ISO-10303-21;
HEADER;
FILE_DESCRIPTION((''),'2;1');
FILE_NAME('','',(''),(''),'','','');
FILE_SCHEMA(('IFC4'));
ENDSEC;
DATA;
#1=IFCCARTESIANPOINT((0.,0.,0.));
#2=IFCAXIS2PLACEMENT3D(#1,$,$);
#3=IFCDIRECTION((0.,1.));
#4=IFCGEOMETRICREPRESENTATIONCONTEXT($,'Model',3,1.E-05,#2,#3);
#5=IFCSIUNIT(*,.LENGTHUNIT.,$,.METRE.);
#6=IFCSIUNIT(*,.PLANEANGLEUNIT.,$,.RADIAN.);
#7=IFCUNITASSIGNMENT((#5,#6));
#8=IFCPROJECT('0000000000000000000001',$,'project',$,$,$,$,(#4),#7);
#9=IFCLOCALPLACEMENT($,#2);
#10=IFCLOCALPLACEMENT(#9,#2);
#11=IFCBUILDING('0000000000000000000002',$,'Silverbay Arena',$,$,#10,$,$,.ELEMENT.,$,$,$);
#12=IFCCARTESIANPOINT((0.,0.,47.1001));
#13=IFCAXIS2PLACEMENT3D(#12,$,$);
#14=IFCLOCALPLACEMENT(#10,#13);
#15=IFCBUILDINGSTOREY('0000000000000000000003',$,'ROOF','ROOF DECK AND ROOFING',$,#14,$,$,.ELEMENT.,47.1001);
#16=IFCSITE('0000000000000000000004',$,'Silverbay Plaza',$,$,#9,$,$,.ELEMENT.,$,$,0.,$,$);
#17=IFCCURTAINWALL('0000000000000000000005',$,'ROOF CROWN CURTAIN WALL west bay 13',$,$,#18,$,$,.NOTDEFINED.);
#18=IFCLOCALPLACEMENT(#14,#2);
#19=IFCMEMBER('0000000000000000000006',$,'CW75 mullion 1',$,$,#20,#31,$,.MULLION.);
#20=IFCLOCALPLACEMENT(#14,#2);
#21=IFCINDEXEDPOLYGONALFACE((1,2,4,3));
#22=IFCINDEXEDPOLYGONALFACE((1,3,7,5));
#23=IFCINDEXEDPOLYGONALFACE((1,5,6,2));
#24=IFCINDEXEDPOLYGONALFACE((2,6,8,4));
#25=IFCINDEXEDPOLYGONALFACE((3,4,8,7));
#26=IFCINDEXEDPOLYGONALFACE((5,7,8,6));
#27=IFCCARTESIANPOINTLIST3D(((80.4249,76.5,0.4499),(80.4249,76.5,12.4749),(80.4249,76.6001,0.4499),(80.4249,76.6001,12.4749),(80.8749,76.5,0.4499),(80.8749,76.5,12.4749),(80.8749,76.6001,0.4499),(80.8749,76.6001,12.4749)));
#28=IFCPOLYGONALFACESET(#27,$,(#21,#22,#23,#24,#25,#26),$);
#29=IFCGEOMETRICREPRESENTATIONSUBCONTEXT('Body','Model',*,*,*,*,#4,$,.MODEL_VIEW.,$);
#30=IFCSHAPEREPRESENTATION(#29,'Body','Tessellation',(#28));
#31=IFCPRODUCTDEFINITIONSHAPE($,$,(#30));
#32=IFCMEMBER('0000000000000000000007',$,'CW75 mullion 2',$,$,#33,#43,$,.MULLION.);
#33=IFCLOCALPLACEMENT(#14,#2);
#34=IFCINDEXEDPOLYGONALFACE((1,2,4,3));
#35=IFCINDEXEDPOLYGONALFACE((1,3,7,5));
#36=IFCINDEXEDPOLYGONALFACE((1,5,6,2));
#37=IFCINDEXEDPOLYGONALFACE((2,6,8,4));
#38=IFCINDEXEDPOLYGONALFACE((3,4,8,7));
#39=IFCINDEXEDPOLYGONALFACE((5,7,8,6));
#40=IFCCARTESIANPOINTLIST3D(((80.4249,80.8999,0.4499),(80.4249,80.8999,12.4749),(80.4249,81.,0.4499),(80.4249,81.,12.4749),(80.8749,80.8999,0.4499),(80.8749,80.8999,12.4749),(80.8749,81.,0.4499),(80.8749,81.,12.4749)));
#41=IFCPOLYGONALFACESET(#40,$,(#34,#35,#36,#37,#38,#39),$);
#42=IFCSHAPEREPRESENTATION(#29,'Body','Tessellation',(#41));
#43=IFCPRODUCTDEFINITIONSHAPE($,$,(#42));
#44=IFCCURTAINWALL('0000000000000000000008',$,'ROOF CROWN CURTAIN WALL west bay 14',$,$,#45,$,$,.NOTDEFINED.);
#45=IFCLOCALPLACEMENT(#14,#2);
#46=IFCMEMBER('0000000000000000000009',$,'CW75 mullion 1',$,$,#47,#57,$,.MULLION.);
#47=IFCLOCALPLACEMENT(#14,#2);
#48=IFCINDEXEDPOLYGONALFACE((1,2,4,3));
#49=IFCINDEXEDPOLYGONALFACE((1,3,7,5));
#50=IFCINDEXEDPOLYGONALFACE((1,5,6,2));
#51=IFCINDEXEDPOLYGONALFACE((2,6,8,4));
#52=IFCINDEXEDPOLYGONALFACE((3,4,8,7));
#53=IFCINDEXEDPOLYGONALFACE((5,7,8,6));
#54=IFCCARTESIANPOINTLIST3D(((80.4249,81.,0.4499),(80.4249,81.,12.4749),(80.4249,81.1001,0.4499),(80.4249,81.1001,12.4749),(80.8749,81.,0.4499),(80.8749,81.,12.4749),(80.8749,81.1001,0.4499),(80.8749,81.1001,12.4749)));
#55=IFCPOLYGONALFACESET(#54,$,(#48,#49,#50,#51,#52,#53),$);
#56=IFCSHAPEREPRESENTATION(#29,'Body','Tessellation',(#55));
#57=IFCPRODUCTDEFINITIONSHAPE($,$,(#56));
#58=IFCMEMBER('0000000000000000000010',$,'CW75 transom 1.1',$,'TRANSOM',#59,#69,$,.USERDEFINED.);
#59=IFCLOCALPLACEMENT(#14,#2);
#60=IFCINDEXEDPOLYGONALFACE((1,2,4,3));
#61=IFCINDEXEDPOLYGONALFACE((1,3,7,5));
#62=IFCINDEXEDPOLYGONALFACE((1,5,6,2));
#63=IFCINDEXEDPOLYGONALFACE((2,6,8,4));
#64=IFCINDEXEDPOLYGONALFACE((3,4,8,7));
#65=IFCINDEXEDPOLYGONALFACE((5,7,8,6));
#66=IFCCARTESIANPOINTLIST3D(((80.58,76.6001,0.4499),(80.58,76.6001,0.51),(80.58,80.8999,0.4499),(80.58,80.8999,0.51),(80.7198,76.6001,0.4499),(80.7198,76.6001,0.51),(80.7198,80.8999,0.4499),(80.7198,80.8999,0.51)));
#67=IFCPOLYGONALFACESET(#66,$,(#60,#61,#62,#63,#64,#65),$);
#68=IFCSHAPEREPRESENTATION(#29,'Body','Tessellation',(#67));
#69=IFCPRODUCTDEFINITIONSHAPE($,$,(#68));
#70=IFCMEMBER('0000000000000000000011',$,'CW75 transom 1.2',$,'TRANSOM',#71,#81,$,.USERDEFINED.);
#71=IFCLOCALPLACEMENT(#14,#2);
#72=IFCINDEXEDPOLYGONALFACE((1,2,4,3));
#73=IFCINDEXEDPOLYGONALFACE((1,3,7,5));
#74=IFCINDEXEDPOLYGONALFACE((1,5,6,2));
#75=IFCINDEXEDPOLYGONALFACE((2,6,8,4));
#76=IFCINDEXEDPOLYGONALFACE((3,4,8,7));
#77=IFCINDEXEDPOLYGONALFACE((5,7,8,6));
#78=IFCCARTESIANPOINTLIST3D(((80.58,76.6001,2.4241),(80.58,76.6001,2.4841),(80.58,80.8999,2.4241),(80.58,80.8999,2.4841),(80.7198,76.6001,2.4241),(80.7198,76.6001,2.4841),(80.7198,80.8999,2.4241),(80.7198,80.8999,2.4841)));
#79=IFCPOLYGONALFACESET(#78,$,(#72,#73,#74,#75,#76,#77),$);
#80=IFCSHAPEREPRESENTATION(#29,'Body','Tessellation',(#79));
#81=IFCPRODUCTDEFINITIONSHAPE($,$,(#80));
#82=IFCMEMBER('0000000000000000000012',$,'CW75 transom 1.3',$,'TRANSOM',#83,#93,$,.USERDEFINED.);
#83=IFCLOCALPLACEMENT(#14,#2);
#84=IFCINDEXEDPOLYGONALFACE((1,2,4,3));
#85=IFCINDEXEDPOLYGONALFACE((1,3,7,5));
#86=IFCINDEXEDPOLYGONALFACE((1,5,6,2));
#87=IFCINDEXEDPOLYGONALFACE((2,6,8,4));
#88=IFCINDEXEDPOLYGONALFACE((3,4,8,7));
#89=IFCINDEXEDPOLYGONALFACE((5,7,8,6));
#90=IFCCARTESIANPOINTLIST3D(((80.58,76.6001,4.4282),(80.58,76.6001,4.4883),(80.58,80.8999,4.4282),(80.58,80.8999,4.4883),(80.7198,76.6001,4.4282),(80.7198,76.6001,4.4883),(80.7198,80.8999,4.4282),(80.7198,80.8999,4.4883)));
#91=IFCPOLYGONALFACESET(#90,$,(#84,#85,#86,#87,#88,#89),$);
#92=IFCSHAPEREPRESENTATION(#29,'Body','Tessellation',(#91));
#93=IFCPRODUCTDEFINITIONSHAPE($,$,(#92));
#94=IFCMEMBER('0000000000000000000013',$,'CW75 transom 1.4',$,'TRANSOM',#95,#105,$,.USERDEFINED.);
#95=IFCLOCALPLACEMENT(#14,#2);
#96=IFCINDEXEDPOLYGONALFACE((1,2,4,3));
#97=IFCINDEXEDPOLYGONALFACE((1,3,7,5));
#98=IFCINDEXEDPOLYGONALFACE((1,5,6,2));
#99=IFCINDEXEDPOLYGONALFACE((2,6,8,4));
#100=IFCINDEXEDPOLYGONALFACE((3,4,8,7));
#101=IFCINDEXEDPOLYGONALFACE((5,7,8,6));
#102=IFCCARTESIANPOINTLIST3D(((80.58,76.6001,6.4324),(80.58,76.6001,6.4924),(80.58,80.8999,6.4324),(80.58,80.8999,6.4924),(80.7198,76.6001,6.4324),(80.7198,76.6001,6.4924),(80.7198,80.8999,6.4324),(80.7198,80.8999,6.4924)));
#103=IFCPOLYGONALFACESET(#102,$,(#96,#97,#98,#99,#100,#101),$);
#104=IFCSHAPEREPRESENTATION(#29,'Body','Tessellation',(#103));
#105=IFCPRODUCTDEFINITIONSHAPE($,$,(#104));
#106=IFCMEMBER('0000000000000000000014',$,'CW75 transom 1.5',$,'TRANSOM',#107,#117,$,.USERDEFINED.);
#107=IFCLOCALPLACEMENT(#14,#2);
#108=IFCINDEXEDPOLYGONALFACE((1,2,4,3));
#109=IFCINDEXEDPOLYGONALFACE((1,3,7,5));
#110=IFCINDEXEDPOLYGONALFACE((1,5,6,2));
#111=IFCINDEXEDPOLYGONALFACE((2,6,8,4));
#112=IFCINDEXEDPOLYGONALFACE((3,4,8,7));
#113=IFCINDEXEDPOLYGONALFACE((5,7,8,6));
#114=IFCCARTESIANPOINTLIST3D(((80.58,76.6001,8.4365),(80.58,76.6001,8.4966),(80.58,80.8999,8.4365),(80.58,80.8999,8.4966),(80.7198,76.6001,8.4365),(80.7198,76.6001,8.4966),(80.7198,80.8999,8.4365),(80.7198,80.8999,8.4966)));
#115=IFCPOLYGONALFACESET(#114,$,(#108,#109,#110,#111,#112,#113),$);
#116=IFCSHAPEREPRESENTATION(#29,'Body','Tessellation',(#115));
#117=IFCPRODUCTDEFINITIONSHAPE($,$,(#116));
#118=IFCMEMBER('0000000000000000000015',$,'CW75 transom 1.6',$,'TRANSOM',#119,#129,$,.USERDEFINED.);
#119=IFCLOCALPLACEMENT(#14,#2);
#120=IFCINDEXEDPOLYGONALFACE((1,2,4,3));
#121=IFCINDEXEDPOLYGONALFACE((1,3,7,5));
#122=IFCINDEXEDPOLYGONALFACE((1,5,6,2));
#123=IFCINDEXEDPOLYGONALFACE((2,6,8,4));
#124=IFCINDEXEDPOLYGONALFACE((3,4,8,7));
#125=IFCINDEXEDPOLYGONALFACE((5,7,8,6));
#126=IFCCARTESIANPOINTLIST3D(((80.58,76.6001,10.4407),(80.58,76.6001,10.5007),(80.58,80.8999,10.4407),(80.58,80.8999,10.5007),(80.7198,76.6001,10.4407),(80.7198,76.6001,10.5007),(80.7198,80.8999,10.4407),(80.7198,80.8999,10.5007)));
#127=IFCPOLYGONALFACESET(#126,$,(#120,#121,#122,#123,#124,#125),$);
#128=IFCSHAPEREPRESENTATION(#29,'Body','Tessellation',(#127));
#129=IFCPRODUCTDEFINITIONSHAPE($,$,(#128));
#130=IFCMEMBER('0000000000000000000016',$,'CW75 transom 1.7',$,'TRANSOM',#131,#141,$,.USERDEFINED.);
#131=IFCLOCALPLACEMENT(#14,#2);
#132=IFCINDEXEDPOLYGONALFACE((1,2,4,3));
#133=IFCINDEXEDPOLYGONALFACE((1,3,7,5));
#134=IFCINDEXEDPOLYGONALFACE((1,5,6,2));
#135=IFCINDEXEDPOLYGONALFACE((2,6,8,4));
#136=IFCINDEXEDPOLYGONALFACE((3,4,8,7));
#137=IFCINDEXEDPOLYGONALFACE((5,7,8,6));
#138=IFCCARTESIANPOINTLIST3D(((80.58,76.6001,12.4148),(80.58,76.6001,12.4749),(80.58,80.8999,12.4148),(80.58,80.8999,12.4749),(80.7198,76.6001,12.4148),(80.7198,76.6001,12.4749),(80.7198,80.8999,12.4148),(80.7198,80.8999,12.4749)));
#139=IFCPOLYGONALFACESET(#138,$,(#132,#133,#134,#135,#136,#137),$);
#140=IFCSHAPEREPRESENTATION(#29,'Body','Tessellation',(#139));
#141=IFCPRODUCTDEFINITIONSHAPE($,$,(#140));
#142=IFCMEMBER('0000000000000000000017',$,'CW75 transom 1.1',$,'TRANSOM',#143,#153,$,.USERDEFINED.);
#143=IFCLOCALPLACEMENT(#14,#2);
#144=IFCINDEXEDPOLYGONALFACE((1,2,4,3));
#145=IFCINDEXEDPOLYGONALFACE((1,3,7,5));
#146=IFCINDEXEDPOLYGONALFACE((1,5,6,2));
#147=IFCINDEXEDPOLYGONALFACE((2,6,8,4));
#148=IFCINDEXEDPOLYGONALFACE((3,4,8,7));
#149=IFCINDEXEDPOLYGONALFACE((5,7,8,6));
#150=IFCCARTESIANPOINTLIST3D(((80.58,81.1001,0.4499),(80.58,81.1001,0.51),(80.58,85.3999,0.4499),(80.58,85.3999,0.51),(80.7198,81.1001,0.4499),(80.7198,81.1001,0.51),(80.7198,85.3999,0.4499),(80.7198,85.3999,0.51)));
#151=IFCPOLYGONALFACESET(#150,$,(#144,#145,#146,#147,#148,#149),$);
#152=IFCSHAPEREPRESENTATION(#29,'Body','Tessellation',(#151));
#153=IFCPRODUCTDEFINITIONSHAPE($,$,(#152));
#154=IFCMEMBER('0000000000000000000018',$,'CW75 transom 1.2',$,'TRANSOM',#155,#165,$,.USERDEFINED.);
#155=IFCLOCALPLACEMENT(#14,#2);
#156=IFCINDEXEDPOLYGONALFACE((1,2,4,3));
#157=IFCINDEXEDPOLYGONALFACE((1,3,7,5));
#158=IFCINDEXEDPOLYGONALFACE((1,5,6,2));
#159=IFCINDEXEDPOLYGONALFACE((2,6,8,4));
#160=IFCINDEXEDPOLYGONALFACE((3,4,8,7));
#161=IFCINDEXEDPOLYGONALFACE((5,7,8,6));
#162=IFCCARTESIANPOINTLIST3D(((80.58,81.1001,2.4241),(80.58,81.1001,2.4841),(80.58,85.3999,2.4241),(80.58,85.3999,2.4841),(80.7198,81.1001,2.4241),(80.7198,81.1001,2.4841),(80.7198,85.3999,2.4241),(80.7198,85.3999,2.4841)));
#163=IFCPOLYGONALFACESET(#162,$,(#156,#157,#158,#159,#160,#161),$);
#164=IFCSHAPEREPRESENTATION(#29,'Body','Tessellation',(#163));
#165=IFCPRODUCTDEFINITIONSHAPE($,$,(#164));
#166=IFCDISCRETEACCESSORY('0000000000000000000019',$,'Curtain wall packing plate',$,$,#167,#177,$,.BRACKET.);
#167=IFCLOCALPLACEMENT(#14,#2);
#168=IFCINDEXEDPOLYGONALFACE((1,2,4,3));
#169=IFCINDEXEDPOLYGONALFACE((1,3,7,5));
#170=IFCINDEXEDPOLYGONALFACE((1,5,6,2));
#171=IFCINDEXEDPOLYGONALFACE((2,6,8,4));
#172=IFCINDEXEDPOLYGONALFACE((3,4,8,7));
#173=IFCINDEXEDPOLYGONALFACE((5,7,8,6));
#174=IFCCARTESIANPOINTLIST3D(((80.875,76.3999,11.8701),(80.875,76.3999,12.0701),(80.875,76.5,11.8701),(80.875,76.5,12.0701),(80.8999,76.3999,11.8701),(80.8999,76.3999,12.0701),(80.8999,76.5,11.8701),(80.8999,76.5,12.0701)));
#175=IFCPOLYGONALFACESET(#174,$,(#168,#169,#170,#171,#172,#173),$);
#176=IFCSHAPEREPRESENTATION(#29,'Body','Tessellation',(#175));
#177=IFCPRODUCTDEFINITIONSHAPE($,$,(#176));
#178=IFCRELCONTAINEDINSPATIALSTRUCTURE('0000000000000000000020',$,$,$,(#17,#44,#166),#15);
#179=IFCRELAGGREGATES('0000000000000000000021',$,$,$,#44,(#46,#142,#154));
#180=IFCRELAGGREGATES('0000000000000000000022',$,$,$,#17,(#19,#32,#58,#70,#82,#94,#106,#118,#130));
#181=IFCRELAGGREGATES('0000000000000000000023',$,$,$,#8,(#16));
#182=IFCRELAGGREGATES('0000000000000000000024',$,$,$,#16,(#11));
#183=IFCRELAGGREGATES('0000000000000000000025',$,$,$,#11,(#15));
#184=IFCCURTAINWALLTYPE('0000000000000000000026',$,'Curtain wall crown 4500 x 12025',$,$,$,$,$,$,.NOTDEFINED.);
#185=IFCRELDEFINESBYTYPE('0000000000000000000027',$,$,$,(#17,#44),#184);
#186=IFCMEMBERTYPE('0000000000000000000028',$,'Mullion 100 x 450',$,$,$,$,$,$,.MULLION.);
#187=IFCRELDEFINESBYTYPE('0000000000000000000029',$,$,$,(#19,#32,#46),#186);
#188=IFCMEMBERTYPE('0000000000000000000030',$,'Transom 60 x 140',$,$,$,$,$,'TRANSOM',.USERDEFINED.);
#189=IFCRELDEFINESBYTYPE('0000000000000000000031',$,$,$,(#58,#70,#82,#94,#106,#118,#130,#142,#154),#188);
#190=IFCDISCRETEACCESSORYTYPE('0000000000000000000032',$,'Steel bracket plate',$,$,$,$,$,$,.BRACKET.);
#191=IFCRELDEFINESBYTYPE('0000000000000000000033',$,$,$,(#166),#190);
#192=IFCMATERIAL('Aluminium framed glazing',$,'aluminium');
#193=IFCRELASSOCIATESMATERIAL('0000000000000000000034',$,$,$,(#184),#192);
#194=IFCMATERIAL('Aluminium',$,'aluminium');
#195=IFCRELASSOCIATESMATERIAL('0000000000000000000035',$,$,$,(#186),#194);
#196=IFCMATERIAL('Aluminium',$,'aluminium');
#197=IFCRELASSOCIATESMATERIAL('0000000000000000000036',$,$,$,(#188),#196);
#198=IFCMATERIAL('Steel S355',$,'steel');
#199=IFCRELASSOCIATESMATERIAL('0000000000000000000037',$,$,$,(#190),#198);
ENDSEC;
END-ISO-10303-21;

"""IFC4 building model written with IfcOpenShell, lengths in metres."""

from ifc_helpers import new_model, si_unit, direction, frame, origin, origin_2d, place, context, subcontext, project, spatial, rectangle, extrude, material, material_profile, profile_set, type_object, element, aggregate, save


model = new_model("IFC4")

# Units and contexts
model_context = context("Model", 3, precision=1e-05, world=origin(), true_north=direction((0.0, 1.0)))
body_context = subcontext(model_context, "Body", "Model", "MODEL_VIEW")
ifc_project = project(units=[si_unit("LENGTHUNIT", "METRE"), si_unit("PLANEANGLEUNIT", "RADIAN")], contexts=[model_context])

# Site, building, storey
site_placement = place(None, origin())
site = spatial("IfcSite", under=ifc_project, at=site_placement, Name="Silverbay Plaza", CompositionType="ELEMENT", RefElevation=0.0)
building_placement = place(site_placement, origin())
building = spatial("IfcBuilding", under=site, at=building_placement, Name="Silverbay Arena", CompositionType="ELEMENT")
storey_placement = place(building_placement, frame((0.0, 0.0, 47.1001)))
storey = spatial("IfcBuildingStorey", under=building, at=storey_placement, Name="ROOF", Description="ROOF DECK AND ROOFING", CompositionType="ELEMENT", Elevation=47.1001)

# Curtain wall, members
ifc_material_1 = material(Name="Aluminium framed glazing", Category="aluminium")
curtain_wall_type = type_object("IfcCurtainWallType", Name="Curtain wall crown 4500 x 12025", PredefinedType="NOTDEFINED", material=ifc_material_1)
curtain_wall_1_placement = place(storey_placement, origin())
curtain_wall_1 = element("IfcCurtainWall", 1, at=curtain_wall_1_placement, inside=storey, type_object=curtain_wall_type, Name="ROOF CROWN CURTAIN WALL west bay 13", PredefinedType="NOTDEFINED")
ifc_material_2 = material(Name="Aluminium", Category="aluminium")
ifc_material_profile_1 = material_profile(ifc_material_2, rectangle(XDim=0.45, YDim=0.1001, at=origin_2d()), Name="Mullion 100 x 450")
ifc_profile_set_1 = profile_set([ifc_material_profile_1], Name="Aluminium")
member_type_1 = type_object("IfcMemberType", Name="Mullion 100 x 450", PredefinedType="MULLION", material=ifc_profile_set_1)
placement = place(building_placement, frame((0.0, 0.0, 33.5)))
member_1_placement = place(placement, frame((80.6499, 76.55, 14.05), z_axis=(0.0, 0.0, 1.0), x_axis=(-1.0, 0.0, 0.0)))
member_1 = element("IfcMember", 2, at=member_1_placement, type_object=member_type_1, Name="CW75 mullion 1", PredefinedType="MULLION", context=body_context, shape_type="SweptSolid", body=[
    extrude(rectangle(XDim=0.45, YDim=0.1001, at=origin_2d()), origin(), (0.0, 0.0, 1.0), 12.0249),
])
member_2_placement = place(placement, frame((80.6499, 80.95, 14.05), z_axis=(0.0, 0.0, 1.0), x_axis=(-1.0, 0.0, 0.0)))
member_2 = element("IfcMember", 3, at=member_2_placement, type_object=member_type_1, Name="CW75 mullion 2", PredefinedType="MULLION", context=body_context, shape_type="SweptSolid", body=[
    extrude(rectangle(XDim=0.45, YDim=0.1001, at=origin_2d()), origin(), (0.0, 0.0, 1.0), 12.0249),
])

# Curtain wall, member
curtain_wall_2_placement = place(storey_placement, origin())
curtain_wall_2 = element("IfcCurtainWall", 4, at=curtain_wall_2_placement, inside=storey, type_object=curtain_wall_type, Name="ROOF CROWN CURTAIN WALL west bay 14", PredefinedType="NOTDEFINED")
member_3_placement = place(placement, frame((80.6499, 81.05, 14.05), z_axis=(0.0, 0.0, 1.0), x_axis=(-1.0, 0.0, 0.0)))
member_3 = element("IfcMember", 5, at=member_3_placement, type_object=member_type_1, Name="CW75 mullion 1", PredefinedType="MULLION", context=body_context, shape_type="SweptSolid", body=[
    extrude(rectangle(XDim=0.45, YDim=0.1001, at=origin_2d()), origin(), (0.0, 0.0, 1.0), 12.0249),
])

# Members
ifc_material_3 = material(Name="Aluminium", Category="aluminium")
ifc_material_profile_2 = material_profile(ifc_material_3, rectangle(XDim=0.1399, YDim=0.0601, at=origin_2d()), Name="Transom 60 x 140")
ifc_profile_set_2 = profile_set([ifc_material_profile_2], Name="Aluminium")
member_type_2 = type_object("IfcMemberType", Name="Transom 60 x 140", ElementType="TRANSOM", PredefinedType="USERDEFINED", material=ifc_profile_set_2)
member_4_placement = place(placement, frame((80.6499, 76.6001, 14.0801), z_axis=(0.0, 1.0, 0.0), x_axis=(-1.0, 0.0, 0.0)))
member_4 = element("IfcMember", 6, at=member_4_placement, type_object=member_type_2, Name="CW75 transom 1.1", ObjectType="TRANSOM", PredefinedType="USERDEFINED", context=body_context, shape_type="SweptSolid", body=[
    extrude(rectangle(XDim=0.1399, YDim=0.0601, at=origin_2d()), origin(), (0.0, 0.0, 1.0), 4.2998),
])
member_5_placement = place(placement, frame((80.6499, 76.6001, 16.0542), z_axis=(0.0, 1.0, 0.0), x_axis=(-1.0, 0.0, 0.0)))
member_5 = element("IfcMember", 7, at=member_5_placement, type_object=member_type_2, Name="CW75 transom 1.2", ObjectType="TRANSOM", PredefinedType="USERDEFINED", context=body_context, shape_type="SweptSolid", body=[
    extrude(rectangle(XDim=0.1399, YDim=0.0601, at=origin_2d()), origin(), (0.0, 0.0, 1.0), 4.2998),
])
member_6_placement = place(placement, frame((80.6499, 76.6001, 18.0583), z_axis=(0.0, 1.0, 0.0), x_axis=(-1.0, 0.0, 0.0)))
member_6 = element("IfcMember", 8, at=member_6_placement, type_object=member_type_2, Name="CW75 transom 1.3", ObjectType="TRANSOM", PredefinedType="USERDEFINED", context=body_context, shape_type="SweptSolid", body=[
    extrude(rectangle(XDim=0.1399, YDim=0.0601, at=origin_2d()), origin(), (0.0, 0.0, 1.0), 4.2998),
])
member_7_placement = place(placement, frame((80.6499, 76.6001, 20.0625), z_axis=(0.0, 1.0, 0.0), x_axis=(-1.0, 0.0, 0.0)))
member_7 = element("IfcMember", 9, at=member_7_placement, type_object=member_type_2, Name="CW75 transom 1.4", ObjectType="TRANSOM", PredefinedType="USERDEFINED", context=body_context, shape_type="SweptSolid", body=[
    extrude(rectangle(XDim=0.1399, YDim=0.0601, at=origin_2d()), origin(), (0.0, 0.0, 1.0), 4.2998),
])
member_8_placement = place(placement, frame((80.6499, 76.6001, 22.0667), z_axis=(0.0, 1.0, 0.0), x_axis=(-1.0, 0.0, 0.0)))
member_8 = element("IfcMember", 10, at=member_8_placement, type_object=member_type_2, Name="CW75 transom 1.5", ObjectType="TRANSOM", PredefinedType="USERDEFINED", context=body_context, shape_type="SweptSolid", body=[
    extrude(rectangle(XDim=0.1399, YDim=0.0601, at=origin_2d()), origin(), (0.0, 0.0, 1.0), 4.2998),
])
member_9_placement = place(placement, frame((80.6499, 76.6001, 24.0708), z_axis=(0.0, 1.0, 0.0), x_axis=(-1.0, 0.0, 0.0)))
member_9 = element("IfcMember", 11, at=member_9_placement, type_object=member_type_2, Name="CW75 transom 1.6", ObjectType="TRANSOM", PredefinedType="USERDEFINED", context=body_context, shape_type="SweptSolid", body=[
    extrude(rectangle(XDim=0.1399, YDim=0.0601, at=origin_2d()), origin(), (0.0, 0.0, 1.0), 4.2998),
])
member_10_placement = place(placement, frame((80.6499, 76.6001, 26.0449), z_axis=(0.0, 1.0, 0.0), x_axis=(-1.0, 0.0, 0.0)))
member_10 = element("IfcMember", 12, at=member_10_placement, type_object=member_type_2, Name="CW75 transom 1.7", ObjectType="TRANSOM", PredefinedType="USERDEFINED", context=body_context, shape_type="SweptSolid", body=[
    extrude(rectangle(XDim=0.1399, YDim=0.0601, at=origin_2d()), origin(), (0.0, 0.0, 1.0), 4.2998),
])
member_11_placement = place(placement, frame((80.6499, 81.1001, 14.0801), z_axis=(0.0, 1.0, 0.0), x_axis=(-1.0, 0.0, 0.0)))
member_11 = element("IfcMember", 13, at=member_11_placement, type_object=member_type_2, Name="CW75 transom 1.1", ObjectType="TRANSOM", PredefinedType="USERDEFINED", context=body_context, shape_type="SweptSolid", body=[
    extrude(rectangle(XDim=0.1399, YDim=0.0601, at=origin_2d()), origin(), (0.0, 0.0, 1.0), 4.2998),
])
member_12_placement = place(placement, frame((80.6499, 81.1001, 16.0542), z_axis=(0.0, 1.0, 0.0), x_axis=(-1.0, 0.0, 0.0)))
member_12 = element("IfcMember", 14, at=member_12_placement, type_object=member_type_2, Name="CW75 transom 1.2", ObjectType="TRANSOM", PredefinedType="USERDEFINED", context=body_context, shape_type="SweptSolid", body=[
    extrude(rectangle(XDim=0.1399, YDim=0.0601, at=origin_2d()), origin(), (0.0, 0.0, 1.0), 4.2998),
])
aggregate(curtain_wall_2, [member_3, member_11, member_12])

aggregate(curtain_wall_1, [member_1, member_2, member_4, member_5, member_6, member_7, member_8, member_9, member_10])

# Discrete accessory
ifc_material_4 = material(Name="Steel S355", Category="steel")
discrete_accessory_type = type_object("IfcDiscreteAccessoryType", Name="Steel bracket plate", PredefinedType="BRACKET", material=ifc_material_4)
discrete_accessory_placement = place(storey_placement, frame((80.8875, 76.45, 11.8701), z_axis=(0.0, 0.0, 1.0), x_axis=(1.0, 0.0, 0.0)))
element("IfcDiscreteAccessory", 15, at=discrete_accessory_placement, inside=storey, type_object=discrete_accessory_type, Name="Curtain wall packing plate", PredefinedType="BRACKET", context=body_context, shape_type="SweptSolid", body=[
    extrude(rectangle(XDim=0.0249, YDim=0.1001, at=origin_2d()), origin(), (0.0, 0.0, 1.0), 0.2),
])

save(model, "model.ifc")
